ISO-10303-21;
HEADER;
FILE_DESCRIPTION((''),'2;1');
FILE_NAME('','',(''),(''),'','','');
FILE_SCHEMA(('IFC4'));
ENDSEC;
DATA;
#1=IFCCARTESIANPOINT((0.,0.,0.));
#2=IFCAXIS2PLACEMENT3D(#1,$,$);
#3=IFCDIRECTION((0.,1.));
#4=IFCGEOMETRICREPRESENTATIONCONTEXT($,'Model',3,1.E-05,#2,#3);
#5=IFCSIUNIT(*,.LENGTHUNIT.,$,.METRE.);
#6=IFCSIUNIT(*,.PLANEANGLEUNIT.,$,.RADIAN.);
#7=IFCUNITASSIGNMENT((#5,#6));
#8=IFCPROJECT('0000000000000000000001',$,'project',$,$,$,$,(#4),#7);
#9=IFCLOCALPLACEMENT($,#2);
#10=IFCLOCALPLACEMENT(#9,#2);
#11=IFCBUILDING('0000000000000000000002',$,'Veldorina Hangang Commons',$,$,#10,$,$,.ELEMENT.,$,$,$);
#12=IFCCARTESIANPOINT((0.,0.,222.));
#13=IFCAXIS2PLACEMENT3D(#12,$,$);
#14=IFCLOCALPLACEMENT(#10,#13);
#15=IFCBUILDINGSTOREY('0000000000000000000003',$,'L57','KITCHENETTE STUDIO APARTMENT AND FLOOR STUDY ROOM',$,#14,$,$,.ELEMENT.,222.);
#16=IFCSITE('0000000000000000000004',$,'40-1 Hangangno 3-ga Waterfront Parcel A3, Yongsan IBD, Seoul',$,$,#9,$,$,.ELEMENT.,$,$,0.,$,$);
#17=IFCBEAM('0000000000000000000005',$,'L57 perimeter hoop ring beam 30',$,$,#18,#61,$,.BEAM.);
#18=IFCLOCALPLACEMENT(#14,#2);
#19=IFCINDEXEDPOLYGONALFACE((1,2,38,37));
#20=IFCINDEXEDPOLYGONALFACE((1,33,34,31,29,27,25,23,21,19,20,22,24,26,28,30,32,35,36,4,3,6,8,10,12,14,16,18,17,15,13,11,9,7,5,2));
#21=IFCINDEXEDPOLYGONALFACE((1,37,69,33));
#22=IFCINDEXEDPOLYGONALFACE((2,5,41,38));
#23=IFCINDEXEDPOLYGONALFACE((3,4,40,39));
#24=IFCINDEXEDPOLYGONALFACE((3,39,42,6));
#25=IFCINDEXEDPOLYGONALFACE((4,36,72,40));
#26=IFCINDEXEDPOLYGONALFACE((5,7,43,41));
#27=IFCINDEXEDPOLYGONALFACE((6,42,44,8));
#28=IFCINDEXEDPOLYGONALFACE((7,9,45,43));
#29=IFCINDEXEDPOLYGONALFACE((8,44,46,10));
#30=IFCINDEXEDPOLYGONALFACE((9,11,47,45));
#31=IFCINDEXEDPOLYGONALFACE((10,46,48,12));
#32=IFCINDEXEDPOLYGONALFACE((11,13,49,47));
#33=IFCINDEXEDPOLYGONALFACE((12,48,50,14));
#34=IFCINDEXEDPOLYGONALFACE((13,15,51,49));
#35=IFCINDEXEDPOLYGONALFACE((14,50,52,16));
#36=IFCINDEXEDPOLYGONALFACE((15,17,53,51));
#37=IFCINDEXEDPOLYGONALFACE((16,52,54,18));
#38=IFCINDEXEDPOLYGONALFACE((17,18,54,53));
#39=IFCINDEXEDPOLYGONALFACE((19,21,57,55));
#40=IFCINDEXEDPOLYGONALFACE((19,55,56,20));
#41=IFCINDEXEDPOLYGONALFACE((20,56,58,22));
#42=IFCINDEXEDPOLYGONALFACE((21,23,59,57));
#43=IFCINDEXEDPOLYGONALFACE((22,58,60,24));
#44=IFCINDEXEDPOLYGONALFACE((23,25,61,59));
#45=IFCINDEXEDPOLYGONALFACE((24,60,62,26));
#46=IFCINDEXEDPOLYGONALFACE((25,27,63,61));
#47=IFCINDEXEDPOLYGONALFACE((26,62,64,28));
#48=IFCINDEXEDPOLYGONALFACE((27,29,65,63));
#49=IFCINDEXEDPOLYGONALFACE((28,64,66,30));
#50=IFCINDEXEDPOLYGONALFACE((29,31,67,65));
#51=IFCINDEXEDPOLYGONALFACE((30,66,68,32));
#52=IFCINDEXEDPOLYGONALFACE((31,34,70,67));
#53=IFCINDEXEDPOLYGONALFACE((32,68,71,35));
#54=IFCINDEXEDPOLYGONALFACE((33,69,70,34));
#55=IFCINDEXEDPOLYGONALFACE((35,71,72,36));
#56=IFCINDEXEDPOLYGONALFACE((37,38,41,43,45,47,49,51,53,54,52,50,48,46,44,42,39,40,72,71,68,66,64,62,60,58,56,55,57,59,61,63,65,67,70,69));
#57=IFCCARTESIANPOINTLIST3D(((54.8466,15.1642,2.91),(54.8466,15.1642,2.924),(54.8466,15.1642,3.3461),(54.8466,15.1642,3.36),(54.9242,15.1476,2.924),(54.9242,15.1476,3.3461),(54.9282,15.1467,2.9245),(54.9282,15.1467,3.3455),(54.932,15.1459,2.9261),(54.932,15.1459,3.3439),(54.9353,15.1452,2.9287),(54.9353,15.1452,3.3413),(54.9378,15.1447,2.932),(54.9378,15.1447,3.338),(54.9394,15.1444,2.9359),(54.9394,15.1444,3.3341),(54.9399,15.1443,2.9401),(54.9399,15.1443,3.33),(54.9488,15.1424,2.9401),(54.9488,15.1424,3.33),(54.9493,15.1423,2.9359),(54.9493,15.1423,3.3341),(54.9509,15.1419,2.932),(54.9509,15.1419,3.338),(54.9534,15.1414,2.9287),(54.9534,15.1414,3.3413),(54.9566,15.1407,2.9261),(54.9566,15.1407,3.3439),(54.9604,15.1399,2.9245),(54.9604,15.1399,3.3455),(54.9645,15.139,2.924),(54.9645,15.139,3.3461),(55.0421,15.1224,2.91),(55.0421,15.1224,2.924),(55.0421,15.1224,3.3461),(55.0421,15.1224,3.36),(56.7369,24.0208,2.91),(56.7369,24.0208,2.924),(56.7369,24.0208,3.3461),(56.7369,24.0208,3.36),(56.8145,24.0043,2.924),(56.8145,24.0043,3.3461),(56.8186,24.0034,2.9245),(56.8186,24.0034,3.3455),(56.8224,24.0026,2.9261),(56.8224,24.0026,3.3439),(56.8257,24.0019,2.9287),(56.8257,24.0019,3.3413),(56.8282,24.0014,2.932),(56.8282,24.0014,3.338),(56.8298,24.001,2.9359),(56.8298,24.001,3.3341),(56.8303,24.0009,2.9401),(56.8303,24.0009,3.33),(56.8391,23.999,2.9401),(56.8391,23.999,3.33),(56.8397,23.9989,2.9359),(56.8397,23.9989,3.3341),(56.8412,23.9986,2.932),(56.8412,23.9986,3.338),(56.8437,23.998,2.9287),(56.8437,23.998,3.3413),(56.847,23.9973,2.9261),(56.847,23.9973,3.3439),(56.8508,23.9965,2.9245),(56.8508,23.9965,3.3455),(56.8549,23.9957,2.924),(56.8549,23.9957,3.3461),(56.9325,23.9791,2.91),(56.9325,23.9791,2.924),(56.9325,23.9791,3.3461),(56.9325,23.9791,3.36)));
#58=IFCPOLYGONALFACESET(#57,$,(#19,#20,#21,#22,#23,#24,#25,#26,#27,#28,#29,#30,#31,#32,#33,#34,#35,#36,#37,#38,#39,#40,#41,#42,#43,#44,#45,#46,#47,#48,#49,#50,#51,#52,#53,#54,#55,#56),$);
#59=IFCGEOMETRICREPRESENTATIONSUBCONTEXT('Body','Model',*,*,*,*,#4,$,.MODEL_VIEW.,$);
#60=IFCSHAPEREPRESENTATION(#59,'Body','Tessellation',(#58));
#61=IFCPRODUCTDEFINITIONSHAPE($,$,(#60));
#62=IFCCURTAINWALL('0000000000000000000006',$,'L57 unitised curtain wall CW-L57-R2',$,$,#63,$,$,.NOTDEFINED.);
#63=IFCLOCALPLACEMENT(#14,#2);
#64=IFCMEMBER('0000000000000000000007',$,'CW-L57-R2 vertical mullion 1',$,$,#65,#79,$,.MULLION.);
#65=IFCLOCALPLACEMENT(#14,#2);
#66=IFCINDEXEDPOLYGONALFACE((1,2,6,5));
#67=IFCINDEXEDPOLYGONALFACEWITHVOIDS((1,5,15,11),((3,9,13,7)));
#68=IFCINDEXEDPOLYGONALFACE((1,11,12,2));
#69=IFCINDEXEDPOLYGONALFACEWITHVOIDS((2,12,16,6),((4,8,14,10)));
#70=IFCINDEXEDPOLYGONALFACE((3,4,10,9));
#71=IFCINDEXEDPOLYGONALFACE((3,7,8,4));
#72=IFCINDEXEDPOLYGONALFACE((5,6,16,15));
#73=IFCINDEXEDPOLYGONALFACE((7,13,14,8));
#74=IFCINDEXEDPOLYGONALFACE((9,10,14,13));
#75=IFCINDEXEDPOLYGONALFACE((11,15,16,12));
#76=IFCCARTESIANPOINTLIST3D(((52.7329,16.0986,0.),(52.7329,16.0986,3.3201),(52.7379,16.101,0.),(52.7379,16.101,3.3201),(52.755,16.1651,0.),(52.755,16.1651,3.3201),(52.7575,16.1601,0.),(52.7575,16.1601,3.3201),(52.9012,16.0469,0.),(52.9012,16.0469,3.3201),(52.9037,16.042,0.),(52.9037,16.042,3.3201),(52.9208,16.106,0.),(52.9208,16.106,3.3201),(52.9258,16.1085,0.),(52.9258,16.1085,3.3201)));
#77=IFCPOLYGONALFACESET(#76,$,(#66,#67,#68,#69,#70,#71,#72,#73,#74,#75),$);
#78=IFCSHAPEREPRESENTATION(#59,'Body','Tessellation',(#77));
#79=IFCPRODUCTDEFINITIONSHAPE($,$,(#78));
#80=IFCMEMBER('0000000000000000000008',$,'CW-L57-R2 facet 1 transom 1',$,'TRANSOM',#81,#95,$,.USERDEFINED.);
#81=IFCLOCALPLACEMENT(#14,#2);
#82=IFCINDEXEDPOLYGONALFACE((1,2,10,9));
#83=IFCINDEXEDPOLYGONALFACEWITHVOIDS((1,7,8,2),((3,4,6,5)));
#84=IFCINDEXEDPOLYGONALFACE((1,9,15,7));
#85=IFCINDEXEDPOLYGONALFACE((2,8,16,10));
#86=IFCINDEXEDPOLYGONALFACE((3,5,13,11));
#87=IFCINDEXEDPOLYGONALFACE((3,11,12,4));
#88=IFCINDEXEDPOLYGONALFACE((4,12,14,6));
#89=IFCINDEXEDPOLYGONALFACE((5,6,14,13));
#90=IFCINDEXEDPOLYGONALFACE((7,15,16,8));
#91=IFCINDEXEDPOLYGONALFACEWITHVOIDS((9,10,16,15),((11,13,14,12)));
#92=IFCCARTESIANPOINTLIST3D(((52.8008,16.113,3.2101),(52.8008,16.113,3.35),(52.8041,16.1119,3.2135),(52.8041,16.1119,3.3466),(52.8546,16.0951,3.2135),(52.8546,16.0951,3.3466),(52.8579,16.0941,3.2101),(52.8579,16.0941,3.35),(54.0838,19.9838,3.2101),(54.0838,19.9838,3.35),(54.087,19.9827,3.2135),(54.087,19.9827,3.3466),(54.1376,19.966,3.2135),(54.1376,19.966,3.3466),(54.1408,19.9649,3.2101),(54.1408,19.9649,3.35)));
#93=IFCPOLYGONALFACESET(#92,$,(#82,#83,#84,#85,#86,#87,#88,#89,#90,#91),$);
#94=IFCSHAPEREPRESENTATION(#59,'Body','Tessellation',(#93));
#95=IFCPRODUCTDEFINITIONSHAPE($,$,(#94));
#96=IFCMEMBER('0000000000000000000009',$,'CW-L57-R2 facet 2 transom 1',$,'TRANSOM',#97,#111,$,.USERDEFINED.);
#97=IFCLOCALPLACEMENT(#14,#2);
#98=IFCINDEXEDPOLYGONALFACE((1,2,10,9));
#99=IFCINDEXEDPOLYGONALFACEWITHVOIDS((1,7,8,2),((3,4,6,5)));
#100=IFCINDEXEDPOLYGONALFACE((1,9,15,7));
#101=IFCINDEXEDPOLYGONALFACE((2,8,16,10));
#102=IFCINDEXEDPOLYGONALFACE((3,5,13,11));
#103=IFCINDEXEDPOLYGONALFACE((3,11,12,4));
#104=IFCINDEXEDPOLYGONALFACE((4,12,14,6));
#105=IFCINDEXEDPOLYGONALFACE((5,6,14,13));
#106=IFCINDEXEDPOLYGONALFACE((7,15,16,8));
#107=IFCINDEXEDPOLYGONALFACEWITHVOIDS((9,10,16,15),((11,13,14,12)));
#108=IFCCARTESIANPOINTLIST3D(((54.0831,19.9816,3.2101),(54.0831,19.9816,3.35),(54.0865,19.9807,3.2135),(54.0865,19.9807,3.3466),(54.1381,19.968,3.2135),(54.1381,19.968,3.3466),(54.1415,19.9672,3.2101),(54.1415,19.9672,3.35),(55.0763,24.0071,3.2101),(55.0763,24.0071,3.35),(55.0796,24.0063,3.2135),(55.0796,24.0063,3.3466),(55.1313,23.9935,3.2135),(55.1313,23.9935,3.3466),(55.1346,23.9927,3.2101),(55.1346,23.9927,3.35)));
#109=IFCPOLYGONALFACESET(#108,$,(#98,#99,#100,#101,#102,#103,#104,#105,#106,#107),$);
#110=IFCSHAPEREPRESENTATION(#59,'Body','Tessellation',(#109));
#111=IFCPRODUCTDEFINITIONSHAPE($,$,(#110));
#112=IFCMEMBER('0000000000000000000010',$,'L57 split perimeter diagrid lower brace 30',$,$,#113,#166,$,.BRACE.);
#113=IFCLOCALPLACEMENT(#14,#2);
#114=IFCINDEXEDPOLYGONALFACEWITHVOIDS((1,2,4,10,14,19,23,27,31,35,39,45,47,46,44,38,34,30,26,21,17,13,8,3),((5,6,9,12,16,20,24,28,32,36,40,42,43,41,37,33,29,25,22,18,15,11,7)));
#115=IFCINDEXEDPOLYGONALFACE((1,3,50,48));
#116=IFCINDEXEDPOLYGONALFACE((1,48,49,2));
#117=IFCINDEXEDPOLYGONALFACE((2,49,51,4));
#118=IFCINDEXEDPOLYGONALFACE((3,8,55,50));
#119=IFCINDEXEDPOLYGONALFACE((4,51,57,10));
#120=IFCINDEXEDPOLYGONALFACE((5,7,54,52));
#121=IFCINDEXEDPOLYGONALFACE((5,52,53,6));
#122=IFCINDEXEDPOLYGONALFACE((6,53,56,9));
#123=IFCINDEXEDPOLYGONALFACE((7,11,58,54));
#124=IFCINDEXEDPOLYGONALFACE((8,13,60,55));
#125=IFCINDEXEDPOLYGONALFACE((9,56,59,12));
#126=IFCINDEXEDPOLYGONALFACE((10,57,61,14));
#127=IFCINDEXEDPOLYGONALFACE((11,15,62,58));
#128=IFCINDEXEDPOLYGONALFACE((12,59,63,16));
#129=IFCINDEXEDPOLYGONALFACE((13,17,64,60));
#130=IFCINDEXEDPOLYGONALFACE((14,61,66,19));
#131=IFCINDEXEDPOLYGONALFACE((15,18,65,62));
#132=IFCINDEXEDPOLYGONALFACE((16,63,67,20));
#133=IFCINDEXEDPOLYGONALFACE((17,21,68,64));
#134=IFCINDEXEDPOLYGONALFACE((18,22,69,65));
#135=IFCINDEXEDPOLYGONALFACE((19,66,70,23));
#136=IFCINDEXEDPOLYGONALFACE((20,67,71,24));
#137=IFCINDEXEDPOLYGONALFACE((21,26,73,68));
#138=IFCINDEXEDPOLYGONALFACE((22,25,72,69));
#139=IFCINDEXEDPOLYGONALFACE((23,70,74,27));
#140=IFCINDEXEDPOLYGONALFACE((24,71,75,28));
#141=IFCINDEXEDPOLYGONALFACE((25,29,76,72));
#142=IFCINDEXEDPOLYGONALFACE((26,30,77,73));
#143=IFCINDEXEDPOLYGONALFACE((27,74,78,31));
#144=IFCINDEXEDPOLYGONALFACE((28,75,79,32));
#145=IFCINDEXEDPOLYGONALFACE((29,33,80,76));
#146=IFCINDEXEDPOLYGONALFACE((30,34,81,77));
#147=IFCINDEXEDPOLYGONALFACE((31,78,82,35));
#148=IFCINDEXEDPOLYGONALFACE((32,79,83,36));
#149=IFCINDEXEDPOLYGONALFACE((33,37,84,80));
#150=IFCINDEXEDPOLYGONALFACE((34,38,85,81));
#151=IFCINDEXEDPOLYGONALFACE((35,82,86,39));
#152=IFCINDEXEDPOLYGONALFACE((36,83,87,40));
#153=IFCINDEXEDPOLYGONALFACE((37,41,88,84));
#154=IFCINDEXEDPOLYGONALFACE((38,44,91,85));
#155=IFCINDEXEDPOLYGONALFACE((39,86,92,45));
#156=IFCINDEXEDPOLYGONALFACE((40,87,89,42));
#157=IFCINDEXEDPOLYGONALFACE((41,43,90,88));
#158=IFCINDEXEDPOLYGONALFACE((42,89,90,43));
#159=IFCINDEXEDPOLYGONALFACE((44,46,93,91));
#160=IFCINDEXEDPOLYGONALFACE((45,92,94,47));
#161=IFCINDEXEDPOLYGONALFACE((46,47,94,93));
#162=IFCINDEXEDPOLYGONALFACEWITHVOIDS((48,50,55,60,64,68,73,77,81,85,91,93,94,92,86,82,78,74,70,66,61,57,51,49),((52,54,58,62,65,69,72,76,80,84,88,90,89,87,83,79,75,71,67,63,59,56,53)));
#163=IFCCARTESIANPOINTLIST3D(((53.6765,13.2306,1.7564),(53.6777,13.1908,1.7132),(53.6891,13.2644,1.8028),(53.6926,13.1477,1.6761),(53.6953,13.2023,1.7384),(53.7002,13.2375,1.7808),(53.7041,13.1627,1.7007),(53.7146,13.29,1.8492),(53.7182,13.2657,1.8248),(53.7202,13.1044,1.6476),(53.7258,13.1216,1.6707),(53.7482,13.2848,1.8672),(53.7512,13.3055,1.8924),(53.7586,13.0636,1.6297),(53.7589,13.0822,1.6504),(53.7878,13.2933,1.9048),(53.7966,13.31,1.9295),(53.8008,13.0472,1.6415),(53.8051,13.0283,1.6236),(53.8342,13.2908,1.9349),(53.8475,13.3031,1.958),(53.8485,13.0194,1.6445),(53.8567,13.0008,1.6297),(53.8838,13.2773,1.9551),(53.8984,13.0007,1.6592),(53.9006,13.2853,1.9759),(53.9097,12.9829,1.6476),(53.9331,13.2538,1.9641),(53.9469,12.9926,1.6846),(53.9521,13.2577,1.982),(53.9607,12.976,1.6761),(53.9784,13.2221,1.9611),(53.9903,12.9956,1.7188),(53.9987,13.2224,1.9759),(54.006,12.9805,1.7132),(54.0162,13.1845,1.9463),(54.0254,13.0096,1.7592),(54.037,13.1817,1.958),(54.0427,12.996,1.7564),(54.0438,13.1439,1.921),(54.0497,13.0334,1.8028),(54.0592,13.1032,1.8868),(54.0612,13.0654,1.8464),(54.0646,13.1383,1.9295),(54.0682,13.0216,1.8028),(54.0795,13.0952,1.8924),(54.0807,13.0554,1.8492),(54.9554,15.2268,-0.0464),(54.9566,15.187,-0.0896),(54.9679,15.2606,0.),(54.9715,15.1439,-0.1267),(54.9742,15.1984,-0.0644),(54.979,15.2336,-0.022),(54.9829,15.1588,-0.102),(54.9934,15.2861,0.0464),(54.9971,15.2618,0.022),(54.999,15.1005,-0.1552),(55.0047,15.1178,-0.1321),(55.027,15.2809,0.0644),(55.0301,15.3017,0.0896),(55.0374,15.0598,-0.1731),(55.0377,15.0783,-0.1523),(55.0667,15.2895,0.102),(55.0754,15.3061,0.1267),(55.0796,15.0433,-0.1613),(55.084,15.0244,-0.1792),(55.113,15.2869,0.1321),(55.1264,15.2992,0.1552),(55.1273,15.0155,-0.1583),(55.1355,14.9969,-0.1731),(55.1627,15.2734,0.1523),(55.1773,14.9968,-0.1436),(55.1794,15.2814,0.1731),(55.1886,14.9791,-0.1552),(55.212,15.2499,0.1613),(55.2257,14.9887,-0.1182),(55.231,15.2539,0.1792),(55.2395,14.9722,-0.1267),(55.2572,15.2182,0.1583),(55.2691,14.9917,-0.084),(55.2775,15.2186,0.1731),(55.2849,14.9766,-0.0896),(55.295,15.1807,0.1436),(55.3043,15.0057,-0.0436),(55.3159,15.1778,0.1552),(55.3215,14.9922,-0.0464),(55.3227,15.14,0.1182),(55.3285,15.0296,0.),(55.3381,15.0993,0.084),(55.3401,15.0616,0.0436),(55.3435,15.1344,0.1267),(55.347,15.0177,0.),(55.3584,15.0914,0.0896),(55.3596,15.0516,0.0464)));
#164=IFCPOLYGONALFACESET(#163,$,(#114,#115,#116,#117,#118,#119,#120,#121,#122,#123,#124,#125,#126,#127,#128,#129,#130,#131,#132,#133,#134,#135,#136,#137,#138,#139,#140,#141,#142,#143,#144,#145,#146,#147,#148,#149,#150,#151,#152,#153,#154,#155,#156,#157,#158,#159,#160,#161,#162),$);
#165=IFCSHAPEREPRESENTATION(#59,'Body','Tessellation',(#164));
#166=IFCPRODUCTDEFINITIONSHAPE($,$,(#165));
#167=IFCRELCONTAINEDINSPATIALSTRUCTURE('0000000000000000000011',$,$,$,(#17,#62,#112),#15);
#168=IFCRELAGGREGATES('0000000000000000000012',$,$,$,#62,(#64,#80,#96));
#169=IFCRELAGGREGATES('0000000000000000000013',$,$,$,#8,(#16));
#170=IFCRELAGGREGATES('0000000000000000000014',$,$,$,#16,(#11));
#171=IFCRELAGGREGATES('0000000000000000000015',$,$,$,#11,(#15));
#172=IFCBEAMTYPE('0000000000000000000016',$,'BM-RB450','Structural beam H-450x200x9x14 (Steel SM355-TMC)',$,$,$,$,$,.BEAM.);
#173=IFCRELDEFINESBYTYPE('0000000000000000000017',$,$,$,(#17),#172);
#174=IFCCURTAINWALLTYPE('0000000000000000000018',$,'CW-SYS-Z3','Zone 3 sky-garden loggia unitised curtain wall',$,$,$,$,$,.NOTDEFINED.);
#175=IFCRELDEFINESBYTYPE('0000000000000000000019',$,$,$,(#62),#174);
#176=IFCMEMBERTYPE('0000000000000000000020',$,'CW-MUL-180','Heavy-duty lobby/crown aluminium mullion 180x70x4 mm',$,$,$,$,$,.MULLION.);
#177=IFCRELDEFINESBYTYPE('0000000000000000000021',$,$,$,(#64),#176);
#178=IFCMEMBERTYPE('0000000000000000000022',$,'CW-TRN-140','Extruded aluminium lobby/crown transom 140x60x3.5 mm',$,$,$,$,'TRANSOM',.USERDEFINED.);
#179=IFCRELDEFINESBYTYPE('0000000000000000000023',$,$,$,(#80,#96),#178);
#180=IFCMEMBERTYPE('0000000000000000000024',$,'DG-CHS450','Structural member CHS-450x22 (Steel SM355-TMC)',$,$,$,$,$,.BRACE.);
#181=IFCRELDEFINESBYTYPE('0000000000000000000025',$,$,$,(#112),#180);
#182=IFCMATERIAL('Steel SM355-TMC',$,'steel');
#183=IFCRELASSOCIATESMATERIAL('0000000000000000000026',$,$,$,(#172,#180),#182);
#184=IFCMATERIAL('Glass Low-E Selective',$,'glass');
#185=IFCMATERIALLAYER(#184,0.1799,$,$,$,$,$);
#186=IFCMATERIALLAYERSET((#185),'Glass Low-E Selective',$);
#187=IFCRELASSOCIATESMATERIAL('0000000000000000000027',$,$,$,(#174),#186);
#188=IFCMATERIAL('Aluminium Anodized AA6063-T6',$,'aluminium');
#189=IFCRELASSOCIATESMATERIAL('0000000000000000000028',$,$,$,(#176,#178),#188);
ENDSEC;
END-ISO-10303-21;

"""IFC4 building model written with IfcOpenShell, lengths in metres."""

from ifc_helpers import new_model, si_unit, direction, frame, origin, origin_2d, place, context, subcontext, project, spatial, hollow_rectangle, hollow_circle, i_section, extrude, material, layer, layer_set, material_profile, profile_set, type_object, element, aggregate, save


model = new_model("IFC4")

# Units and contexts
model_context = context("Model", 3, precision=1e-05, world=origin(), true_north=direction((0.0, 1.0)))
body_context = subcontext(model_context, "Body", "Model", "MODEL_VIEW")
ifc_project = project(units=[si_unit("LENGTHUNIT", "METRE"), si_unit("PLANEANGLEUNIT", "RADIAN")], contexts=[model_context])

# Site, building, storey
site_placement = place(None, origin())
site = spatial("IfcSite", under=ifc_project, at=site_placement, Name="40-1 Hangangno 3-ga Waterfront Parcel A3, Yongsan IBD, Seoul", CompositionType="ELEMENT", RefElevation=0.0)
building_placement = place(site_placement, origin())
building = spatial("IfcBuilding", under=site, at=building_placement, Name="Veldorina Hangang Commons", CompositionType="ELEMENT")
storey_placement = place(building_placement, frame((0.0, 0.0, 222.0)))
storey = spatial("IfcBuildingStorey", under=building, at=storey_placement, Name="L57", Description="KITCHENETTE STUDIO APARTMENT AND FLOOR STUDY ROOM", CompositionType="ELEMENT", Elevation=222.0)

# Beam
ifc_material_1 = material(Name="Steel SM355-TMC", Category="steel")
ifc_material_profile_1 = material_profile(ifc_material_1, i_section(OverallWidth=0.2, OverallDepth=0.45, WebThickness=0.009, FlangeThickness=0.0139, FilletRadius=0.0161, at=origin_2d()), Name="H-450x200x9x14")
ifc_profile_set_1 = profile_set([ifc_material_profile_1], Name="Steel SM355-TMC")
beam_type = type_object("IfcBeamType", Name="BM-RB450", Description="Structural beam H-450x200x9x14 (Steel SM355-TMC)", PredefinedType="BEAM", material=ifc_profile_set_1)
beam_placement = place(storey_placement, frame((54.9443, 15.1433, 3.135), z_axis=(0.208739, 0.977971, 0.0), x_axis=(-0.977971, 0.208739, 0.0)))
element("IfcBeam", 1, at=beam_placement, inside=storey, type_object=beam_type, Name="L57 perimeter hoop ring beam 30", PredefinedType="BEAM", context=body_context, shape_type="SweptSolid", body=[
    extrude(i_section(OverallWidth=0.2, OverallDepth=0.45, WebThickness=0.009, FlangeThickness=0.0139, FilletRadius=0.0161, at=origin_2d()), origin(), (0.0, 0.0, 1.0), 9.0562),
])

# Curtain wall, members
ifc_material_2 = material(Name="Glass Low-E Selective", Category="glass")
ifc_layer_1 = layer(ifc_material_2, 0.1799)
ifc_layer_set_1 = layer_set([ifc_layer_1], Name="Glass Low-E Selective")
curtain_wall_type = type_object("IfcCurtainWallType", Name="CW-SYS-Z3", Description="Zone 3 sky-garden loggia unitised curtain wall", PredefinedType="NOTDEFINED", material=ifc_layer_set_1)
curtain_wall_placement = place(storey_placement, origin())
curtain_wall = element("IfcCurtainWall", 2, at=curtain_wall_placement, inside=storey, type_object=curtain_wall_type, Name="L57 unitised curtain wall CW-L57-R2", PredefinedType="NOTDEFINED")
ifc_material_3 = material(Name="Aluminium Anodized AA6063-T6", Category="aluminium")
ifc_material_profile_2 = material_profile(ifc_material_3, hollow_rectangle(XDim=0.0701, YDim=0.1799, WallThickness=0.0039, at=origin_2d()), Name="ALU-RHS-180x70x4")
ifc_profile_set_2 = profile_set([ifc_material_profile_2], Name="Aluminium Anodized AA6063-T6")
member_type_1 = type_object("IfcMemberType", Name="CW-MUL-180", Description="Heavy-duty lobby/crown aluminium mullion 180x70x4 mm", PredefinedType="MULLION", material=ifc_profile_set_2)
member_1_placement = place(storey_placement, frame((52.8293, 16.1035, 0.0), z_axis=(0.0, 0.0, 1.0), x_axis=(0.314622, 0.949217, 0.0)))
member_1 = element("IfcMember", 3, at=member_1_placement, type_object=member_type_1, Name="CW-L57-R2 vertical mullion 1", PredefinedType="MULLION", context=body_context, shape_type="SweptSolid", body=[
    extrude(hollow_rectangle(XDim=0.0701, YDim=0.1799, WallThickness=0.0039, at=origin_2d()), origin(), (0.0, 0.0, 1.0), 3.3201),
])
ifc_material_profile_3 = material_profile(ifc_material_3, hollow_rectangle(XDim=0.0601, YDim=0.1399, WallThickness=0.0034, at=origin_2d()), Name="ALU-RHS-140x60x3.5")
ifc_profile_set_3 = profile_set([ifc_material_profile_3], Name="Aluminium Anodized AA6063-T6")
member_type_2 = type_object("IfcMemberType", Name="CW-TRN-140", Description="Extruded aluminium lobby/crown transom 140x60x3.5 mm", ElementType="TRANSOM", PredefinedType="USERDEFINED", material=ifc_profile_set_3)
member_2_placement = place(storey_placement, frame((52.8293, 16.1035, 3.28), z_axis=(0.314611, 0.949221, 0.0), x_axis=(-0.949221, 0.314611, 0.0)))
member_2 = element("IfcMember", 4, at=member_2_placement, type_object=member_type_2, Name="CW-L57-R2 facet 1 transom 1", ObjectType="TRANSOM", PredefinedType="USERDEFINED", context=body_context, shape_type="SweptSolid", body=[
    extrude(hollow_rectangle(XDim=0.0601, YDim=0.1399, WallThickness=0.0034, at=origin_2d()), origin(), (0.0, 0.0, 1.0), 4.0779),
])
member_3_placement = place(storey_placement, frame((54.1123, 19.9744, 3.28), z_axis=(0.239528, 0.970889, 0.0), x_axis=(-0.970889, 0.239528, 0.0)))
member_3 = element("IfcMember", 5, at=member_3_placement, type_object=member_type_2, Name="CW-L57-R2 facet 2 transom 1", ObjectType="TRANSOM", PredefinedType="USERDEFINED", context=body_context, shape_type="SweptSolid", body=[
    extrude(hollow_rectangle(XDim=0.0601, YDim=0.1399, WallThickness=0.0034, at=origin_2d()), origin(), (0.0, 0.0, 1.0), 4.1462),
])

# Member
ifc_material_profile_4 = material_profile(ifc_material_1, hollow_circle(Radius=0.2251, WallThickness=0.022, at=origin_2d()), Name="CHS-450x22")
ifc_profile_set_4 = profile_set([ifc_material_profile_4], Name="Steel SM355-TMC")
member_type_3 = type_object("IfcMemberType", Name="DG-CHS450", Description="Structural member CHS-450x22 (Steel SM355-TMC)", PredefinedType="BRACE", material=ifc_profile_set_4)
member_4_placement = place(storey_placement, frame((55.1575, 15.1392, 0.0), z_axis=(-0.429392, -0.670238, 0.605313), x_axis=(0.842021, -0.539445, 0.0)))
element("IfcMember", 6, at=member_4_placement, inside=storey, type_object=member_type_3, Name="L57 split perimeter diagrid lower brace 30", PredefinedType="BRACE", context=body_context, shape_type="SweptSolid", body=[
    extrude(hollow_circle(Radius=0.2251, WallThickness=0.022, at=origin_2d()), origin(), (0.0, 0.0, 1.0), 2.9783),
])

aggregate(curtain_wall, [member_1, member_2, member_3])

save(model, "model.ifc")
